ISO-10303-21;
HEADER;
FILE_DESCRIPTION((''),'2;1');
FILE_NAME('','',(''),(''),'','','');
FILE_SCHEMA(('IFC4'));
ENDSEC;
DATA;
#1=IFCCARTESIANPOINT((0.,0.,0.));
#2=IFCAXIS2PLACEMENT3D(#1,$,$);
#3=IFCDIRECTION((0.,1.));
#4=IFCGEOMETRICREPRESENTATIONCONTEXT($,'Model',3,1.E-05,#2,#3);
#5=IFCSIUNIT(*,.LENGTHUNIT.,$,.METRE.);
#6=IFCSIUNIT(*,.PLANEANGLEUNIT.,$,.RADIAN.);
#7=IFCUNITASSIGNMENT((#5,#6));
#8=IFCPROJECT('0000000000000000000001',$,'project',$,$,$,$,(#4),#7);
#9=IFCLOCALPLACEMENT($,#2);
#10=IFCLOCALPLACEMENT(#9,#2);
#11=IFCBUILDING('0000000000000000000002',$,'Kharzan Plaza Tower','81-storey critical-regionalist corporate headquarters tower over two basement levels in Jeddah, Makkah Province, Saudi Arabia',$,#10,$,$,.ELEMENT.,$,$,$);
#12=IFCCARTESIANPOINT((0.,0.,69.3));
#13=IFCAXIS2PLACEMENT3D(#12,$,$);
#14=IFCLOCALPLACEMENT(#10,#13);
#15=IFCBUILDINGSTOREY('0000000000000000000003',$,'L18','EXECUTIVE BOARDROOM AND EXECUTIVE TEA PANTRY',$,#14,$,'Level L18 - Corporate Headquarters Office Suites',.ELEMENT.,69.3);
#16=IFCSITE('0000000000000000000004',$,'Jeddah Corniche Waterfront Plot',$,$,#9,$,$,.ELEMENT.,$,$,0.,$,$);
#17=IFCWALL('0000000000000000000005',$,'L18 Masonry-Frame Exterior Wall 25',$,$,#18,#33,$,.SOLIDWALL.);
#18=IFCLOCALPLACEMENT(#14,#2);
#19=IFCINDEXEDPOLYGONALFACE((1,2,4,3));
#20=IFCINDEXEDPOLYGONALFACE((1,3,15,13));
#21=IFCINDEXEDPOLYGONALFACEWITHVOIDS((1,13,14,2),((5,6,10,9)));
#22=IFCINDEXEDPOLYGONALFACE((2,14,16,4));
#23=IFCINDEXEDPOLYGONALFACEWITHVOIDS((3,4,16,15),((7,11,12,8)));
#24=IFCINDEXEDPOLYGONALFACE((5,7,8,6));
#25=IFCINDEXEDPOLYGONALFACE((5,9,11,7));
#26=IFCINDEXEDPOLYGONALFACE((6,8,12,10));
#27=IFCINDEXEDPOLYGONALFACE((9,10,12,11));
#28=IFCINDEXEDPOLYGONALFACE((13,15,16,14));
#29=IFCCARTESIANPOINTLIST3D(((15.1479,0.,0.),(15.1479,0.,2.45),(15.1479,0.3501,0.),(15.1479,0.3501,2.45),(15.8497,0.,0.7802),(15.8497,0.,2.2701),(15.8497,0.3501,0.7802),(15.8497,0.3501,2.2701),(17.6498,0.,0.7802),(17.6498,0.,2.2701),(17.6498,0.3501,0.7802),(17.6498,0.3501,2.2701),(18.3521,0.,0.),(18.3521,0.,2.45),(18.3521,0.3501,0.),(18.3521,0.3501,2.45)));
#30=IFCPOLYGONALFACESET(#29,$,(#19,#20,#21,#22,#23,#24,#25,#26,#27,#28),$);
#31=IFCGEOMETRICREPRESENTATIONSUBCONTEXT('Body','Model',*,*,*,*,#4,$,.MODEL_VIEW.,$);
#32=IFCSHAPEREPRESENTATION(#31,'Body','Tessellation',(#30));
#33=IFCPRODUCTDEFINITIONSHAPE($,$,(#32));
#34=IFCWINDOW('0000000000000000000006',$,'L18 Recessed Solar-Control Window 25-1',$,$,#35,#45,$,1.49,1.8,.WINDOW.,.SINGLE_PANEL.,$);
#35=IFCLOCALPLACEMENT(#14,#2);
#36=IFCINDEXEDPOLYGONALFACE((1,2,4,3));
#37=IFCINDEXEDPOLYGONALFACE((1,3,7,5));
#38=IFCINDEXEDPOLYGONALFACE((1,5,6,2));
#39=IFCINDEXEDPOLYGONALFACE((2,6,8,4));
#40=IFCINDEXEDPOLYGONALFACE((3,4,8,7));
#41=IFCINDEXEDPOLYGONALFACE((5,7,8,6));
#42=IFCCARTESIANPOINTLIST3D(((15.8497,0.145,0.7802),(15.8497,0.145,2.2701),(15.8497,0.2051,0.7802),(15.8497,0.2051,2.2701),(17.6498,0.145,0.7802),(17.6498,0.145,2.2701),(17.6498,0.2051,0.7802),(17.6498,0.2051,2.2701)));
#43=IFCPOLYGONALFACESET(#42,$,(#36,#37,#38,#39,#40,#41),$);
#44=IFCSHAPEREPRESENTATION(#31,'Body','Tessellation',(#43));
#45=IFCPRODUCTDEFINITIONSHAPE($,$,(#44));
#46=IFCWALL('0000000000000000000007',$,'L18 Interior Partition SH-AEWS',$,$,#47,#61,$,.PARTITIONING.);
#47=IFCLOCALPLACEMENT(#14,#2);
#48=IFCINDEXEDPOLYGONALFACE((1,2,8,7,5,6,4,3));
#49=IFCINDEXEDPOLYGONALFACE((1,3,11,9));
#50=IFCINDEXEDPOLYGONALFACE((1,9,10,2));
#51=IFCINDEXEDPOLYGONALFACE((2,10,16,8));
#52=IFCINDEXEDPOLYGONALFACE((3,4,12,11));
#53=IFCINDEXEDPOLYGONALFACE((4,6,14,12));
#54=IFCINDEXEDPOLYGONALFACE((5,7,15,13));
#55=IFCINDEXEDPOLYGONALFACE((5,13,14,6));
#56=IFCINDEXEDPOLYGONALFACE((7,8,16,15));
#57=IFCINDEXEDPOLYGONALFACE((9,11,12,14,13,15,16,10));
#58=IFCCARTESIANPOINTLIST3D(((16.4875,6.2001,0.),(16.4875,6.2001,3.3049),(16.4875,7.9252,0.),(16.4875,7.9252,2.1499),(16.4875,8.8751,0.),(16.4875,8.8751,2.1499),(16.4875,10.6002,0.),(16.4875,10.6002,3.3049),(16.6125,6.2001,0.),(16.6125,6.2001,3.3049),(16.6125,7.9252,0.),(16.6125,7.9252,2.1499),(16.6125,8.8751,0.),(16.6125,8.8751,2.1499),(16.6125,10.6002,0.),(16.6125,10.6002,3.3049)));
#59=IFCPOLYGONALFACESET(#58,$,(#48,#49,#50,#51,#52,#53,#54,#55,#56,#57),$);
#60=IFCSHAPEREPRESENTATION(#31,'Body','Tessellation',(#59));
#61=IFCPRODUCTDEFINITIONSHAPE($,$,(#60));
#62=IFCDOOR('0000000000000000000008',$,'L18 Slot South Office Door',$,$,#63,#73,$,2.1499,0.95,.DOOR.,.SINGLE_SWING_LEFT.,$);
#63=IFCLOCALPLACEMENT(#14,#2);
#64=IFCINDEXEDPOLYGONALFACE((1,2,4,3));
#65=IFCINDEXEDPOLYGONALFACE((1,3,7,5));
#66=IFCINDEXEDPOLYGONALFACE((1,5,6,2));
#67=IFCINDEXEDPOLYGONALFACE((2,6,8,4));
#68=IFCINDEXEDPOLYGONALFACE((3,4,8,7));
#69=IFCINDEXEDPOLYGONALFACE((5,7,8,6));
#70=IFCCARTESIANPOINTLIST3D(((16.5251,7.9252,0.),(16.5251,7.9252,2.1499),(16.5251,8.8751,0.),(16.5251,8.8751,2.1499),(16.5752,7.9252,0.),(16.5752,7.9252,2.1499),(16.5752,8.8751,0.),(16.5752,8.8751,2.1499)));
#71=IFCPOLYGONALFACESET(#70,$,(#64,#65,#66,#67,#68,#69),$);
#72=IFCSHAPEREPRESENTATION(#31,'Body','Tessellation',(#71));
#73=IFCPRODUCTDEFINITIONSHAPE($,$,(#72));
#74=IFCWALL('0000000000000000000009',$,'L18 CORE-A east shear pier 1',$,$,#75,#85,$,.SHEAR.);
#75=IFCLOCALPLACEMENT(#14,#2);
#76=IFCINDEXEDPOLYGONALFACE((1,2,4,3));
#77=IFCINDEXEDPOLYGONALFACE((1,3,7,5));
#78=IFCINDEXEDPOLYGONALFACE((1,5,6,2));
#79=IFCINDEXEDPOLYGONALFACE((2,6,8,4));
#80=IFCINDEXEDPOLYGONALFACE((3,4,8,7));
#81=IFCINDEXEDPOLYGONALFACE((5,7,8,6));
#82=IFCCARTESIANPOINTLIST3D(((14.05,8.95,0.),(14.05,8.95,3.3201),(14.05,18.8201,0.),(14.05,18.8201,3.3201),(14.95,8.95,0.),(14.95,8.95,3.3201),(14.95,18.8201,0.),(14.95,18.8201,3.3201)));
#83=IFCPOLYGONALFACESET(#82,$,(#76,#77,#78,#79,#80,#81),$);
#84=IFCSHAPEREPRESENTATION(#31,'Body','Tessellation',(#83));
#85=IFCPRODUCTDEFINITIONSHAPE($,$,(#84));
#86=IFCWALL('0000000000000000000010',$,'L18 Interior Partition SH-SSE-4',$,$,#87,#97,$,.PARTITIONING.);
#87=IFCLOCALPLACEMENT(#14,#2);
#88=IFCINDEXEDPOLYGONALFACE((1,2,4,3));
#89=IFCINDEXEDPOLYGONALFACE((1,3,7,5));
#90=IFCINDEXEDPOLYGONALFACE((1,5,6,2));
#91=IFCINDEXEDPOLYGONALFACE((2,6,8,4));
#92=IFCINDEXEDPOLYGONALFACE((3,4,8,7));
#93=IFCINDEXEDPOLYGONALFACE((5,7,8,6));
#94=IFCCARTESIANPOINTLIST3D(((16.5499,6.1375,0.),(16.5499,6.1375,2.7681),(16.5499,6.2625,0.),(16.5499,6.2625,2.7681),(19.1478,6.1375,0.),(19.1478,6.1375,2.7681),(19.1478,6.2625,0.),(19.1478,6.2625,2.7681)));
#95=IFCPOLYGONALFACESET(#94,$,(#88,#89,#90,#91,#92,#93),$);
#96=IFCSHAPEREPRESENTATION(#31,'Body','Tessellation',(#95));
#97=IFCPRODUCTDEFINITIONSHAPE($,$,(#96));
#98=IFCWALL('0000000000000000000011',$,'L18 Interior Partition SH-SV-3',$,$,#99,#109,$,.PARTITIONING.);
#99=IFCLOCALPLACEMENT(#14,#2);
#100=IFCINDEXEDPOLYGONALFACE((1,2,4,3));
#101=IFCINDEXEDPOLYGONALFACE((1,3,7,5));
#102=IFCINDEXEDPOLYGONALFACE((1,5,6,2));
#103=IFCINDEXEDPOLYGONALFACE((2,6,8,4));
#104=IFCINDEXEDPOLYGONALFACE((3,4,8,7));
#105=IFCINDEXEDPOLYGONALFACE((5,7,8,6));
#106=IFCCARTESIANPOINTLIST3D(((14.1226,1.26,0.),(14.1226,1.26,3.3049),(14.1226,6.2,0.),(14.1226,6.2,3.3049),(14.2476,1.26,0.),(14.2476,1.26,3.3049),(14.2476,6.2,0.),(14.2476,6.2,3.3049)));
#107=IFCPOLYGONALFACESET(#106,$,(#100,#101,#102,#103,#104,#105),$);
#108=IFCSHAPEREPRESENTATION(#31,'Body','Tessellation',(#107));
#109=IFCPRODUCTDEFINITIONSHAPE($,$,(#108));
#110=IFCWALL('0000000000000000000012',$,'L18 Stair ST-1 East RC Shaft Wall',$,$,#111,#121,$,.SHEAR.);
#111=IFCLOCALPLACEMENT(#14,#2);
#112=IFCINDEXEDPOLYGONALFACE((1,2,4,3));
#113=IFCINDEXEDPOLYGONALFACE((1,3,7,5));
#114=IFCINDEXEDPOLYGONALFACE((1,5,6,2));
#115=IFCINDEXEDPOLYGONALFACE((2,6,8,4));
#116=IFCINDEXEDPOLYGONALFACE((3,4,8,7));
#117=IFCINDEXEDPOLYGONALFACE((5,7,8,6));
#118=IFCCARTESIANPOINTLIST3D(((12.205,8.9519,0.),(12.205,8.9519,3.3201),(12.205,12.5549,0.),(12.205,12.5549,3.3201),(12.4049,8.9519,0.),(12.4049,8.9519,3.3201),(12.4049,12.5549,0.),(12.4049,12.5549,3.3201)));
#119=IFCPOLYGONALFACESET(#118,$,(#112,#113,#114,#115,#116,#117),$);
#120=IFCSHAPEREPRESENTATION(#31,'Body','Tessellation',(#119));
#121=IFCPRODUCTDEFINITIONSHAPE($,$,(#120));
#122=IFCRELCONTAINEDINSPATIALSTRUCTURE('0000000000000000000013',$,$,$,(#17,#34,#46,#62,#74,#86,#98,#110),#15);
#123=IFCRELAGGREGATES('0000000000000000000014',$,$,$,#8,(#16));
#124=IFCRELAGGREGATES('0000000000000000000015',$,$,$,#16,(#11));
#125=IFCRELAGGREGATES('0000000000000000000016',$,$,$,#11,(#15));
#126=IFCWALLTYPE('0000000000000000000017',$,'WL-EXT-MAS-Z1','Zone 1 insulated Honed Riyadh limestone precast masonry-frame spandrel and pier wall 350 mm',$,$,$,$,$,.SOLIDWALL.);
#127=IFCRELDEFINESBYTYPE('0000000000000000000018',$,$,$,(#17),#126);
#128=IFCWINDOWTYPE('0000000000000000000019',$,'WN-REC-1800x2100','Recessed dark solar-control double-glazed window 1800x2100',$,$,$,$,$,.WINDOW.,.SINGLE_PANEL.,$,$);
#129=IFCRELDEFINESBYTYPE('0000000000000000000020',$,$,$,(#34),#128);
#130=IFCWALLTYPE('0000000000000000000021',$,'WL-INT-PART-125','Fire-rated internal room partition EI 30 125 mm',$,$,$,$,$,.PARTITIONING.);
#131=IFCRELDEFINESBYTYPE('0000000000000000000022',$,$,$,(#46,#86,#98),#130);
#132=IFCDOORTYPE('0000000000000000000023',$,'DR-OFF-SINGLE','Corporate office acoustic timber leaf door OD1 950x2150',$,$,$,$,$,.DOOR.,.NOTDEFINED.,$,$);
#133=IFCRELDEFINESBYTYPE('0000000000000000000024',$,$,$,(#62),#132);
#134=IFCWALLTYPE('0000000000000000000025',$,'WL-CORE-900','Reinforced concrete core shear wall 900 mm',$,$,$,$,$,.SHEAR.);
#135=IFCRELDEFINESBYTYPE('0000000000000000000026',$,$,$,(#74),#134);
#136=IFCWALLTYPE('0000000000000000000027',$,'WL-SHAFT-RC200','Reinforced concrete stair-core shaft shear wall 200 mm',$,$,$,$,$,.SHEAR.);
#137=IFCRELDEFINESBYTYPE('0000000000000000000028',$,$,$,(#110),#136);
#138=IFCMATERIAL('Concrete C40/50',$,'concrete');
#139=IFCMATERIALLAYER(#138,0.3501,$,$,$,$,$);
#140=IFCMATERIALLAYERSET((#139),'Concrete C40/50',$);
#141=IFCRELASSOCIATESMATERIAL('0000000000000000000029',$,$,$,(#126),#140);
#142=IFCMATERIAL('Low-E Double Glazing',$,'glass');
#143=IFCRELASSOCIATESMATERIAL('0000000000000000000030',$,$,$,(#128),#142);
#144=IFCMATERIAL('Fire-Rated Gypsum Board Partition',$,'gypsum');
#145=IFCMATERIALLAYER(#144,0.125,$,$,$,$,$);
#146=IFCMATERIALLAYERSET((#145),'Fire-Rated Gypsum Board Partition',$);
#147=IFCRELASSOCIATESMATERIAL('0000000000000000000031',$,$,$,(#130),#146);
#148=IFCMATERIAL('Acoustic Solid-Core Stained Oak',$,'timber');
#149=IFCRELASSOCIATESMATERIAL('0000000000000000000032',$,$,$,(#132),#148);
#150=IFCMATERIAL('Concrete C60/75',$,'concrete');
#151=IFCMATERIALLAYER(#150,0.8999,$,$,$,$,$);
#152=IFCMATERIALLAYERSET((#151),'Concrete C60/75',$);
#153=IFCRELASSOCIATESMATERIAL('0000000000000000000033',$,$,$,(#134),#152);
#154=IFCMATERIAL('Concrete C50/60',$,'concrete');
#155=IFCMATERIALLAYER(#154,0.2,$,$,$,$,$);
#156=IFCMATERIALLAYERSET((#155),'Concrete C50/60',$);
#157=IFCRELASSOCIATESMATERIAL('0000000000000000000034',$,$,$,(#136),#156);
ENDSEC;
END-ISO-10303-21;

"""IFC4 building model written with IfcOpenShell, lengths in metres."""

from ifc_helpers import new_model, si_unit, direction, frame, frame_2d, origin, place, context, subcontext, project, spatial, rectangle, extrude, source, transform, mapped, material, layer, layer_set, type_object, element, fill, save


model = new_model("IFC4")

# Units and contexts
model_context = context("Model", 3, precision=1e-05, world=origin(), true_north=direction((0.0, 1.0)))
body_context = subcontext(model_context, "Body", "Model", "MODEL_VIEW")
ifc_project = project(units=[si_unit("LENGTHUNIT", "METRE"), si_unit("PLANEANGLEUNIT", "RADIAN")], contexts=[model_context])

# Site, building, storey
site_placement = place(None, origin())
site = spatial("IfcSite", under=ifc_project, at=site_placement, Name="Jeddah Corniche Waterfront Plot", CompositionType="ELEMENT", RefElevation=0.0)
building_placement = place(site_placement, origin())
building = spatial("IfcBuilding", under=site, at=building_placement, Name="Kharzan Plaza Tower", Description="81-storey critical-regionalist corporate headquarters tower over two basement levels in Jeddah, Makkah Province, Saudi Arabia", CompositionType="ELEMENT")
storey_placement = place(building_placement, frame((0.0, 0.0, 69.3)))
storey = spatial("IfcBuildingStorey", under=building, at=storey_placement, Name="L18", Description="EXECUTIVE BOARDROOM AND EXECUTIVE TEA PANTRY", LongName="Level L18 - Corporate Headquarters Office Suites", CompositionType="ELEMENT", Elevation=69.3)

# Shared definitions
ifc_material_1 = material(Name="Concrete C60/75", Category="concrete")

# Wall, opening, window
ifc_material_2 = material(Name="Concrete C40/50", Category="concrete")
ifc_layer_1 = layer(ifc_material_2, 0.3501)
ifc_layer_set_1 = layer_set([ifc_layer_1], Name="Concrete C40/50")
wall_type_1 = type_object("IfcWallType", Name="WL-EXT-MAS-Z1", Description="Zone 1 insulated Honed Riyadh limestone precast masonry-frame spandrel and pier wall 350 mm", PredefinedType="SOLIDWALL", material=ifc_layer_set_1)
wall_1_placement = place(storey_placement, frame((15.1479, 0.175, 0.0), z_axis=(0.0, 0.0, 1.0), x_axis=(1.0, 0.0, 0.0)))
wall_1 = element("IfcWall", 1, at=wall_1_placement, inside=storey, type_object=wall_type_1, Name="L18 Masonry-Frame Exterior Wall 25", PredefinedType="SOLIDWALL", context=body_context, shape_type="SweptSolid", body=[
    extrude(rectangle(XDim=3.2041, YDim=0.3501, at=frame_2d((1.6021, 0.0))), origin(), (0.0, 0.0, 1.0), 2.45),
])
opening_1_placement = place(wall_1_placement, frame((0.7019, 0.0, 0.78)))
opening_1 = element("IfcOpeningElement", 2, at=opening_1_placement, cuts=wall_1, PredefinedType="OPENING", context=body_context, shape_type="SweptSolid", body=[
    extrude(rectangle(XDim=1.8, YDim=1.49, at=frame_2d((0.8999, 0.7451))), frame((0.0, 0.1851, 0.0), z_axis=(0.0, -1.0, 0.0), x_axis=(1.0, 0.0, 0.0)), (0.0, 0.0, 1.0), 0.3701),
])
ifc_material_3 = material(Name="Low-E Double Glazing", Category="glass")
window_type = type_object("IfcWindowType", Name="WN-REC-1800x2100", Description="Recessed dark solar-control double-glazed window 1800x2100", PartitioningType="SINGLE_PANEL", PredefinedType="WINDOW", material=ifc_material_3)
shared_shape_1 = source(origin(), body_context, "Body", "SweptSolid", [
    extrude(rectangle(XDim=1.8, YDim=1.49, at=frame_2d((0.8999, 0.7451))), frame((0.0, 0.03, 0.0), z_axis=(0.0, -1.0, 0.0), x_axis=(1.0, 0.0, 0.0)), (0.0, 0.0, 1.0), 0.0601),
])
window_placement = place(opening_1_placement, origin())
window = element("IfcWindow", 3, at=window_placement, inside=storey, type_object=window_type, Name="L18 Recessed Solar-Control Window 25-1", OverallHeight=1.49, OverallWidth=1.8, PartitioningType="SINGLE_PANEL", PredefinedType="WINDOW", context=body_context, shape_type="MappedRepresentation", body=[
    mapped(shared_shape_1, transform((0.0, 0.0, 0.0), x_axis=(1.0, 0.0, 0.0), y_axis=(0.0, 1.0, 0.0), z_axis=(0.0, 0.0, 1.0))),
])
fill(opening_1, window)

# Wall, opening, door
ifc_material_4 = material(Name="Fire-Rated Gypsum Board Partition", Category="gypsum")
ifc_layer_2 = layer(ifc_material_4, 0.125)
ifc_layer_set_2 = layer_set([ifc_layer_2], Name="Fire-Rated Gypsum Board Partition")
wall_type_2 = type_object("IfcWallType", Name="WL-INT-PART-125", Description="Fire-rated internal room partition EI 30 125 mm", PredefinedType="PARTITIONING", material=ifc_layer_set_2)
wall_2_placement = place(storey_placement, frame((16.55, 6.2, 0.0), z_axis=(0.0, 0.0, 1.0), x_axis=(0.0, 1.0, 0.0)))
wall_2 = element("IfcWall", 4, at=wall_2_placement, inside=storey, type_object=wall_type_2, Name="L18 Interior Partition SH-AEWS", PredefinedType="PARTITIONING", context=body_context, shape_type="SweptSolid", body=[
    extrude(rectangle(XDim=4.4001, YDim=0.125, at=frame_2d((2.2002, 0.0))), origin(), (0.0, 0.0, 1.0), 3.3049),
])
opening_2_placement = place(wall_2_placement, frame((1.7251, 0.0, 0.0)))
opening_2 = element("IfcOpeningElement", 5, at=opening_2_placement, cuts=wall_2, PredefinedType="OPENING", context=body_context, shape_type="SweptSolid", body=[
    extrude(rectangle(XDim=0.95, YDim=2.1499, at=frame_2d((0.4751, 1.075))), frame((0.0, 0.0725, 0.0), z_axis=(0.0, -1.0, 0.0), x_axis=(1.0, 0.0, 0.0)), (0.0, 0.0, 1.0), 0.145),
])
ifc_material_5 = material(Name="Acoustic Solid-Core Stained Oak", Category="timber")
door_type = type_object("IfcDoorType", Name="DR-OFF-SINGLE", Description="Corporate office acoustic timber leaf door OD1 950x2150", OperationType="NOTDEFINED", PredefinedType="DOOR", material=ifc_material_5)
shared_shape_2 = source(origin(), body_context, "Body", "SweptSolid", [
    extrude(rectangle(XDim=0.95, YDim=2.1499, at=frame_2d((0.4751, 1.075))), frame((0.0, 0.0249, 0.0), z_axis=(0.0, -1.0, 0.0), x_axis=(1.0, 0.0, 0.0)), (0.0, 0.0, 1.0), 0.05),
])
door_1_placement = place(opening_2_placement, origin())
door_1 = element("IfcDoor", 6, at=door_1_placement, inside=storey, type_object=door_type, Name="L18 Slot South Office Door", OperationType="SINGLE_SWING_LEFT", OverallHeight=2.1499, OverallWidth=0.95, PredefinedType="DOOR", context=body_context, shape_type="MappedRepresentation", body=[
    mapped(shared_shape_2, transform((0.0, 0.0, 0.0), x_axis=(1.0, 0.0, 0.0), y_axis=(0.0, 1.0, 0.0), z_axis=(0.0, 0.0, 1.0))),
])
fill(opening_2, door_1)

# Walls
ifc_layer_3 = layer(ifc_material_1, 0.8999)
ifc_layer_set_3 = layer_set([ifc_layer_3], Name="Concrete C60/75")
wall_type_3 = type_object("IfcWallType", Name="WL-CORE-900", Description="Reinforced concrete core shear wall 900 mm", PredefinedType="SHEAR", material=ifc_layer_set_3)
shared_shape_3 = source(origin(), body_context, "Body", "SweptSolid", [
    extrude(rectangle(XDim=9.8701, YDim=0.8999, at=frame_2d((4.9351, 0.0))), origin(), (0.0, 0.0, 1.0), 3.3201),
])
wall_3_placement = place(storey_placement, frame((14.5, 8.95, 0.0), z_axis=(0.0, 0.0, 1.0), x_axis=(0.0, 1.0, 0.0)))
element("IfcWall", 7, at=wall_3_placement, inside=storey, type_object=wall_type_3, Name="L18 CORE-A east shear pier 1", PredefinedType="SHEAR", context=body_context, shape_type="MappedRepresentation", body=[
    mapped(shared_shape_3, transform((0.0, 0.0, 0.0), x_axis=(1.0, 0.0, 0.0), y_axis=(0.0, 1.0, 0.0), z_axis=(0.0, 0.0, 1.0))),
])
shared_shape_4 = source(origin(), body_context, "Body", "SweptSolid", [
    extrude(rectangle(XDim=2.5979, YDim=0.125, at=frame_2d((1.2988, 0.0))), origin(), (0.0, 0.0, 1.0), 2.7681),
])
wall_4_placement = place(storey_placement, frame((16.55, 6.2, 0.0), z_axis=(0.0, 0.0, 1.0), x_axis=(1.0, 0.0, 0.0)))
element("IfcWall", 8, at=wall_4_placement, inside=storey, type_object=wall_type_2, Name="L18 Interior Partition SH-SSE-4", PredefinedType="PARTITIONING", context=body_context, shape_type="MappedRepresentation", body=[
    mapped(shared_shape_4, transform((0.0, 0.0, 0.0), x_axis=(1.0, 0.0, 0.0), y_axis=(0.0, 1.0, 0.0), z_axis=(0.0, 0.0, 1.0))),
])
shared_shape_5 = source(origin(), body_context, "Body", "SweptSolid", [
    extrude(rectangle(XDim=4.9399, YDim=0.125, at=frame_2d((2.47, 0.0))), origin(), (0.0, 0.0, 1.0), 3.3049),
])
wall_5_placement = place(storey_placement, frame((14.1851, 1.26, 0.0), z_axis=(0.0, 0.0, 1.0), x_axis=(0.0, 1.0, 0.0)))
element("IfcWall", 9, at=wall_5_placement, inside=storey, type_object=wall_type_2, Name="L18 Interior Partition SH-SV-3", PredefinedType="PARTITIONING", context=body_context, shape_type="MappedRepresentation", body=[
    mapped(shared_shape_5, transform((0.0, 0.0, 0.0), x_axis=(1.0, 0.0, 0.0), y_axis=(0.0, 1.0, 0.0), z_axis=(0.0, 0.0, 1.0))),
])
ifc_material_6 = material(Name="Concrete C50/60", Category="concrete")
ifc_layer_4 = layer(ifc_material_6, 0.2)
ifc_layer_set_4 = layer_set([ifc_layer_4], Name="Concrete C50/60")
wall_type_4 = type_object("IfcWallType", Name="WL-SHAFT-RC200", Description="Reinforced concrete stair-core shaft shear wall 200 mm", PredefinedType="SHEAR", material=ifc_layer_set_4)
shared_shape_6 = source(origin(), body_context, "Body", "SweptSolid", [
    extrude(rectangle(XDim=3.603, YDim=0.2, at=frame_2d((1.8015, 0.0))), origin(), (0.0, 0.0, 1.0), 3.3201),
])
wall_6_placement = place(storey_placement, frame((12.3049, 8.9519, 0.0), z_axis=(0.0, 0.0, 1.0), x_axis=(0.0, 1.0, 0.0)))
element("IfcWall", 10, at=wall_6_placement, inside=storey, type_object=wall_type_4, Name="L18 Stair ST-1 East RC Shaft Wall", PredefinedType="SHEAR", context=body_context, shape_type="MappedRepresentation", body=[
    mapped(shared_shape_6, transform((0.0, 0.0, 0.0), x_axis=(1.0, 0.0, 0.0), y_axis=(0.0, 1.0, 0.0), z_axis=(0.0, 0.0, 1.0))),
])

save(model, "model.ifc")
